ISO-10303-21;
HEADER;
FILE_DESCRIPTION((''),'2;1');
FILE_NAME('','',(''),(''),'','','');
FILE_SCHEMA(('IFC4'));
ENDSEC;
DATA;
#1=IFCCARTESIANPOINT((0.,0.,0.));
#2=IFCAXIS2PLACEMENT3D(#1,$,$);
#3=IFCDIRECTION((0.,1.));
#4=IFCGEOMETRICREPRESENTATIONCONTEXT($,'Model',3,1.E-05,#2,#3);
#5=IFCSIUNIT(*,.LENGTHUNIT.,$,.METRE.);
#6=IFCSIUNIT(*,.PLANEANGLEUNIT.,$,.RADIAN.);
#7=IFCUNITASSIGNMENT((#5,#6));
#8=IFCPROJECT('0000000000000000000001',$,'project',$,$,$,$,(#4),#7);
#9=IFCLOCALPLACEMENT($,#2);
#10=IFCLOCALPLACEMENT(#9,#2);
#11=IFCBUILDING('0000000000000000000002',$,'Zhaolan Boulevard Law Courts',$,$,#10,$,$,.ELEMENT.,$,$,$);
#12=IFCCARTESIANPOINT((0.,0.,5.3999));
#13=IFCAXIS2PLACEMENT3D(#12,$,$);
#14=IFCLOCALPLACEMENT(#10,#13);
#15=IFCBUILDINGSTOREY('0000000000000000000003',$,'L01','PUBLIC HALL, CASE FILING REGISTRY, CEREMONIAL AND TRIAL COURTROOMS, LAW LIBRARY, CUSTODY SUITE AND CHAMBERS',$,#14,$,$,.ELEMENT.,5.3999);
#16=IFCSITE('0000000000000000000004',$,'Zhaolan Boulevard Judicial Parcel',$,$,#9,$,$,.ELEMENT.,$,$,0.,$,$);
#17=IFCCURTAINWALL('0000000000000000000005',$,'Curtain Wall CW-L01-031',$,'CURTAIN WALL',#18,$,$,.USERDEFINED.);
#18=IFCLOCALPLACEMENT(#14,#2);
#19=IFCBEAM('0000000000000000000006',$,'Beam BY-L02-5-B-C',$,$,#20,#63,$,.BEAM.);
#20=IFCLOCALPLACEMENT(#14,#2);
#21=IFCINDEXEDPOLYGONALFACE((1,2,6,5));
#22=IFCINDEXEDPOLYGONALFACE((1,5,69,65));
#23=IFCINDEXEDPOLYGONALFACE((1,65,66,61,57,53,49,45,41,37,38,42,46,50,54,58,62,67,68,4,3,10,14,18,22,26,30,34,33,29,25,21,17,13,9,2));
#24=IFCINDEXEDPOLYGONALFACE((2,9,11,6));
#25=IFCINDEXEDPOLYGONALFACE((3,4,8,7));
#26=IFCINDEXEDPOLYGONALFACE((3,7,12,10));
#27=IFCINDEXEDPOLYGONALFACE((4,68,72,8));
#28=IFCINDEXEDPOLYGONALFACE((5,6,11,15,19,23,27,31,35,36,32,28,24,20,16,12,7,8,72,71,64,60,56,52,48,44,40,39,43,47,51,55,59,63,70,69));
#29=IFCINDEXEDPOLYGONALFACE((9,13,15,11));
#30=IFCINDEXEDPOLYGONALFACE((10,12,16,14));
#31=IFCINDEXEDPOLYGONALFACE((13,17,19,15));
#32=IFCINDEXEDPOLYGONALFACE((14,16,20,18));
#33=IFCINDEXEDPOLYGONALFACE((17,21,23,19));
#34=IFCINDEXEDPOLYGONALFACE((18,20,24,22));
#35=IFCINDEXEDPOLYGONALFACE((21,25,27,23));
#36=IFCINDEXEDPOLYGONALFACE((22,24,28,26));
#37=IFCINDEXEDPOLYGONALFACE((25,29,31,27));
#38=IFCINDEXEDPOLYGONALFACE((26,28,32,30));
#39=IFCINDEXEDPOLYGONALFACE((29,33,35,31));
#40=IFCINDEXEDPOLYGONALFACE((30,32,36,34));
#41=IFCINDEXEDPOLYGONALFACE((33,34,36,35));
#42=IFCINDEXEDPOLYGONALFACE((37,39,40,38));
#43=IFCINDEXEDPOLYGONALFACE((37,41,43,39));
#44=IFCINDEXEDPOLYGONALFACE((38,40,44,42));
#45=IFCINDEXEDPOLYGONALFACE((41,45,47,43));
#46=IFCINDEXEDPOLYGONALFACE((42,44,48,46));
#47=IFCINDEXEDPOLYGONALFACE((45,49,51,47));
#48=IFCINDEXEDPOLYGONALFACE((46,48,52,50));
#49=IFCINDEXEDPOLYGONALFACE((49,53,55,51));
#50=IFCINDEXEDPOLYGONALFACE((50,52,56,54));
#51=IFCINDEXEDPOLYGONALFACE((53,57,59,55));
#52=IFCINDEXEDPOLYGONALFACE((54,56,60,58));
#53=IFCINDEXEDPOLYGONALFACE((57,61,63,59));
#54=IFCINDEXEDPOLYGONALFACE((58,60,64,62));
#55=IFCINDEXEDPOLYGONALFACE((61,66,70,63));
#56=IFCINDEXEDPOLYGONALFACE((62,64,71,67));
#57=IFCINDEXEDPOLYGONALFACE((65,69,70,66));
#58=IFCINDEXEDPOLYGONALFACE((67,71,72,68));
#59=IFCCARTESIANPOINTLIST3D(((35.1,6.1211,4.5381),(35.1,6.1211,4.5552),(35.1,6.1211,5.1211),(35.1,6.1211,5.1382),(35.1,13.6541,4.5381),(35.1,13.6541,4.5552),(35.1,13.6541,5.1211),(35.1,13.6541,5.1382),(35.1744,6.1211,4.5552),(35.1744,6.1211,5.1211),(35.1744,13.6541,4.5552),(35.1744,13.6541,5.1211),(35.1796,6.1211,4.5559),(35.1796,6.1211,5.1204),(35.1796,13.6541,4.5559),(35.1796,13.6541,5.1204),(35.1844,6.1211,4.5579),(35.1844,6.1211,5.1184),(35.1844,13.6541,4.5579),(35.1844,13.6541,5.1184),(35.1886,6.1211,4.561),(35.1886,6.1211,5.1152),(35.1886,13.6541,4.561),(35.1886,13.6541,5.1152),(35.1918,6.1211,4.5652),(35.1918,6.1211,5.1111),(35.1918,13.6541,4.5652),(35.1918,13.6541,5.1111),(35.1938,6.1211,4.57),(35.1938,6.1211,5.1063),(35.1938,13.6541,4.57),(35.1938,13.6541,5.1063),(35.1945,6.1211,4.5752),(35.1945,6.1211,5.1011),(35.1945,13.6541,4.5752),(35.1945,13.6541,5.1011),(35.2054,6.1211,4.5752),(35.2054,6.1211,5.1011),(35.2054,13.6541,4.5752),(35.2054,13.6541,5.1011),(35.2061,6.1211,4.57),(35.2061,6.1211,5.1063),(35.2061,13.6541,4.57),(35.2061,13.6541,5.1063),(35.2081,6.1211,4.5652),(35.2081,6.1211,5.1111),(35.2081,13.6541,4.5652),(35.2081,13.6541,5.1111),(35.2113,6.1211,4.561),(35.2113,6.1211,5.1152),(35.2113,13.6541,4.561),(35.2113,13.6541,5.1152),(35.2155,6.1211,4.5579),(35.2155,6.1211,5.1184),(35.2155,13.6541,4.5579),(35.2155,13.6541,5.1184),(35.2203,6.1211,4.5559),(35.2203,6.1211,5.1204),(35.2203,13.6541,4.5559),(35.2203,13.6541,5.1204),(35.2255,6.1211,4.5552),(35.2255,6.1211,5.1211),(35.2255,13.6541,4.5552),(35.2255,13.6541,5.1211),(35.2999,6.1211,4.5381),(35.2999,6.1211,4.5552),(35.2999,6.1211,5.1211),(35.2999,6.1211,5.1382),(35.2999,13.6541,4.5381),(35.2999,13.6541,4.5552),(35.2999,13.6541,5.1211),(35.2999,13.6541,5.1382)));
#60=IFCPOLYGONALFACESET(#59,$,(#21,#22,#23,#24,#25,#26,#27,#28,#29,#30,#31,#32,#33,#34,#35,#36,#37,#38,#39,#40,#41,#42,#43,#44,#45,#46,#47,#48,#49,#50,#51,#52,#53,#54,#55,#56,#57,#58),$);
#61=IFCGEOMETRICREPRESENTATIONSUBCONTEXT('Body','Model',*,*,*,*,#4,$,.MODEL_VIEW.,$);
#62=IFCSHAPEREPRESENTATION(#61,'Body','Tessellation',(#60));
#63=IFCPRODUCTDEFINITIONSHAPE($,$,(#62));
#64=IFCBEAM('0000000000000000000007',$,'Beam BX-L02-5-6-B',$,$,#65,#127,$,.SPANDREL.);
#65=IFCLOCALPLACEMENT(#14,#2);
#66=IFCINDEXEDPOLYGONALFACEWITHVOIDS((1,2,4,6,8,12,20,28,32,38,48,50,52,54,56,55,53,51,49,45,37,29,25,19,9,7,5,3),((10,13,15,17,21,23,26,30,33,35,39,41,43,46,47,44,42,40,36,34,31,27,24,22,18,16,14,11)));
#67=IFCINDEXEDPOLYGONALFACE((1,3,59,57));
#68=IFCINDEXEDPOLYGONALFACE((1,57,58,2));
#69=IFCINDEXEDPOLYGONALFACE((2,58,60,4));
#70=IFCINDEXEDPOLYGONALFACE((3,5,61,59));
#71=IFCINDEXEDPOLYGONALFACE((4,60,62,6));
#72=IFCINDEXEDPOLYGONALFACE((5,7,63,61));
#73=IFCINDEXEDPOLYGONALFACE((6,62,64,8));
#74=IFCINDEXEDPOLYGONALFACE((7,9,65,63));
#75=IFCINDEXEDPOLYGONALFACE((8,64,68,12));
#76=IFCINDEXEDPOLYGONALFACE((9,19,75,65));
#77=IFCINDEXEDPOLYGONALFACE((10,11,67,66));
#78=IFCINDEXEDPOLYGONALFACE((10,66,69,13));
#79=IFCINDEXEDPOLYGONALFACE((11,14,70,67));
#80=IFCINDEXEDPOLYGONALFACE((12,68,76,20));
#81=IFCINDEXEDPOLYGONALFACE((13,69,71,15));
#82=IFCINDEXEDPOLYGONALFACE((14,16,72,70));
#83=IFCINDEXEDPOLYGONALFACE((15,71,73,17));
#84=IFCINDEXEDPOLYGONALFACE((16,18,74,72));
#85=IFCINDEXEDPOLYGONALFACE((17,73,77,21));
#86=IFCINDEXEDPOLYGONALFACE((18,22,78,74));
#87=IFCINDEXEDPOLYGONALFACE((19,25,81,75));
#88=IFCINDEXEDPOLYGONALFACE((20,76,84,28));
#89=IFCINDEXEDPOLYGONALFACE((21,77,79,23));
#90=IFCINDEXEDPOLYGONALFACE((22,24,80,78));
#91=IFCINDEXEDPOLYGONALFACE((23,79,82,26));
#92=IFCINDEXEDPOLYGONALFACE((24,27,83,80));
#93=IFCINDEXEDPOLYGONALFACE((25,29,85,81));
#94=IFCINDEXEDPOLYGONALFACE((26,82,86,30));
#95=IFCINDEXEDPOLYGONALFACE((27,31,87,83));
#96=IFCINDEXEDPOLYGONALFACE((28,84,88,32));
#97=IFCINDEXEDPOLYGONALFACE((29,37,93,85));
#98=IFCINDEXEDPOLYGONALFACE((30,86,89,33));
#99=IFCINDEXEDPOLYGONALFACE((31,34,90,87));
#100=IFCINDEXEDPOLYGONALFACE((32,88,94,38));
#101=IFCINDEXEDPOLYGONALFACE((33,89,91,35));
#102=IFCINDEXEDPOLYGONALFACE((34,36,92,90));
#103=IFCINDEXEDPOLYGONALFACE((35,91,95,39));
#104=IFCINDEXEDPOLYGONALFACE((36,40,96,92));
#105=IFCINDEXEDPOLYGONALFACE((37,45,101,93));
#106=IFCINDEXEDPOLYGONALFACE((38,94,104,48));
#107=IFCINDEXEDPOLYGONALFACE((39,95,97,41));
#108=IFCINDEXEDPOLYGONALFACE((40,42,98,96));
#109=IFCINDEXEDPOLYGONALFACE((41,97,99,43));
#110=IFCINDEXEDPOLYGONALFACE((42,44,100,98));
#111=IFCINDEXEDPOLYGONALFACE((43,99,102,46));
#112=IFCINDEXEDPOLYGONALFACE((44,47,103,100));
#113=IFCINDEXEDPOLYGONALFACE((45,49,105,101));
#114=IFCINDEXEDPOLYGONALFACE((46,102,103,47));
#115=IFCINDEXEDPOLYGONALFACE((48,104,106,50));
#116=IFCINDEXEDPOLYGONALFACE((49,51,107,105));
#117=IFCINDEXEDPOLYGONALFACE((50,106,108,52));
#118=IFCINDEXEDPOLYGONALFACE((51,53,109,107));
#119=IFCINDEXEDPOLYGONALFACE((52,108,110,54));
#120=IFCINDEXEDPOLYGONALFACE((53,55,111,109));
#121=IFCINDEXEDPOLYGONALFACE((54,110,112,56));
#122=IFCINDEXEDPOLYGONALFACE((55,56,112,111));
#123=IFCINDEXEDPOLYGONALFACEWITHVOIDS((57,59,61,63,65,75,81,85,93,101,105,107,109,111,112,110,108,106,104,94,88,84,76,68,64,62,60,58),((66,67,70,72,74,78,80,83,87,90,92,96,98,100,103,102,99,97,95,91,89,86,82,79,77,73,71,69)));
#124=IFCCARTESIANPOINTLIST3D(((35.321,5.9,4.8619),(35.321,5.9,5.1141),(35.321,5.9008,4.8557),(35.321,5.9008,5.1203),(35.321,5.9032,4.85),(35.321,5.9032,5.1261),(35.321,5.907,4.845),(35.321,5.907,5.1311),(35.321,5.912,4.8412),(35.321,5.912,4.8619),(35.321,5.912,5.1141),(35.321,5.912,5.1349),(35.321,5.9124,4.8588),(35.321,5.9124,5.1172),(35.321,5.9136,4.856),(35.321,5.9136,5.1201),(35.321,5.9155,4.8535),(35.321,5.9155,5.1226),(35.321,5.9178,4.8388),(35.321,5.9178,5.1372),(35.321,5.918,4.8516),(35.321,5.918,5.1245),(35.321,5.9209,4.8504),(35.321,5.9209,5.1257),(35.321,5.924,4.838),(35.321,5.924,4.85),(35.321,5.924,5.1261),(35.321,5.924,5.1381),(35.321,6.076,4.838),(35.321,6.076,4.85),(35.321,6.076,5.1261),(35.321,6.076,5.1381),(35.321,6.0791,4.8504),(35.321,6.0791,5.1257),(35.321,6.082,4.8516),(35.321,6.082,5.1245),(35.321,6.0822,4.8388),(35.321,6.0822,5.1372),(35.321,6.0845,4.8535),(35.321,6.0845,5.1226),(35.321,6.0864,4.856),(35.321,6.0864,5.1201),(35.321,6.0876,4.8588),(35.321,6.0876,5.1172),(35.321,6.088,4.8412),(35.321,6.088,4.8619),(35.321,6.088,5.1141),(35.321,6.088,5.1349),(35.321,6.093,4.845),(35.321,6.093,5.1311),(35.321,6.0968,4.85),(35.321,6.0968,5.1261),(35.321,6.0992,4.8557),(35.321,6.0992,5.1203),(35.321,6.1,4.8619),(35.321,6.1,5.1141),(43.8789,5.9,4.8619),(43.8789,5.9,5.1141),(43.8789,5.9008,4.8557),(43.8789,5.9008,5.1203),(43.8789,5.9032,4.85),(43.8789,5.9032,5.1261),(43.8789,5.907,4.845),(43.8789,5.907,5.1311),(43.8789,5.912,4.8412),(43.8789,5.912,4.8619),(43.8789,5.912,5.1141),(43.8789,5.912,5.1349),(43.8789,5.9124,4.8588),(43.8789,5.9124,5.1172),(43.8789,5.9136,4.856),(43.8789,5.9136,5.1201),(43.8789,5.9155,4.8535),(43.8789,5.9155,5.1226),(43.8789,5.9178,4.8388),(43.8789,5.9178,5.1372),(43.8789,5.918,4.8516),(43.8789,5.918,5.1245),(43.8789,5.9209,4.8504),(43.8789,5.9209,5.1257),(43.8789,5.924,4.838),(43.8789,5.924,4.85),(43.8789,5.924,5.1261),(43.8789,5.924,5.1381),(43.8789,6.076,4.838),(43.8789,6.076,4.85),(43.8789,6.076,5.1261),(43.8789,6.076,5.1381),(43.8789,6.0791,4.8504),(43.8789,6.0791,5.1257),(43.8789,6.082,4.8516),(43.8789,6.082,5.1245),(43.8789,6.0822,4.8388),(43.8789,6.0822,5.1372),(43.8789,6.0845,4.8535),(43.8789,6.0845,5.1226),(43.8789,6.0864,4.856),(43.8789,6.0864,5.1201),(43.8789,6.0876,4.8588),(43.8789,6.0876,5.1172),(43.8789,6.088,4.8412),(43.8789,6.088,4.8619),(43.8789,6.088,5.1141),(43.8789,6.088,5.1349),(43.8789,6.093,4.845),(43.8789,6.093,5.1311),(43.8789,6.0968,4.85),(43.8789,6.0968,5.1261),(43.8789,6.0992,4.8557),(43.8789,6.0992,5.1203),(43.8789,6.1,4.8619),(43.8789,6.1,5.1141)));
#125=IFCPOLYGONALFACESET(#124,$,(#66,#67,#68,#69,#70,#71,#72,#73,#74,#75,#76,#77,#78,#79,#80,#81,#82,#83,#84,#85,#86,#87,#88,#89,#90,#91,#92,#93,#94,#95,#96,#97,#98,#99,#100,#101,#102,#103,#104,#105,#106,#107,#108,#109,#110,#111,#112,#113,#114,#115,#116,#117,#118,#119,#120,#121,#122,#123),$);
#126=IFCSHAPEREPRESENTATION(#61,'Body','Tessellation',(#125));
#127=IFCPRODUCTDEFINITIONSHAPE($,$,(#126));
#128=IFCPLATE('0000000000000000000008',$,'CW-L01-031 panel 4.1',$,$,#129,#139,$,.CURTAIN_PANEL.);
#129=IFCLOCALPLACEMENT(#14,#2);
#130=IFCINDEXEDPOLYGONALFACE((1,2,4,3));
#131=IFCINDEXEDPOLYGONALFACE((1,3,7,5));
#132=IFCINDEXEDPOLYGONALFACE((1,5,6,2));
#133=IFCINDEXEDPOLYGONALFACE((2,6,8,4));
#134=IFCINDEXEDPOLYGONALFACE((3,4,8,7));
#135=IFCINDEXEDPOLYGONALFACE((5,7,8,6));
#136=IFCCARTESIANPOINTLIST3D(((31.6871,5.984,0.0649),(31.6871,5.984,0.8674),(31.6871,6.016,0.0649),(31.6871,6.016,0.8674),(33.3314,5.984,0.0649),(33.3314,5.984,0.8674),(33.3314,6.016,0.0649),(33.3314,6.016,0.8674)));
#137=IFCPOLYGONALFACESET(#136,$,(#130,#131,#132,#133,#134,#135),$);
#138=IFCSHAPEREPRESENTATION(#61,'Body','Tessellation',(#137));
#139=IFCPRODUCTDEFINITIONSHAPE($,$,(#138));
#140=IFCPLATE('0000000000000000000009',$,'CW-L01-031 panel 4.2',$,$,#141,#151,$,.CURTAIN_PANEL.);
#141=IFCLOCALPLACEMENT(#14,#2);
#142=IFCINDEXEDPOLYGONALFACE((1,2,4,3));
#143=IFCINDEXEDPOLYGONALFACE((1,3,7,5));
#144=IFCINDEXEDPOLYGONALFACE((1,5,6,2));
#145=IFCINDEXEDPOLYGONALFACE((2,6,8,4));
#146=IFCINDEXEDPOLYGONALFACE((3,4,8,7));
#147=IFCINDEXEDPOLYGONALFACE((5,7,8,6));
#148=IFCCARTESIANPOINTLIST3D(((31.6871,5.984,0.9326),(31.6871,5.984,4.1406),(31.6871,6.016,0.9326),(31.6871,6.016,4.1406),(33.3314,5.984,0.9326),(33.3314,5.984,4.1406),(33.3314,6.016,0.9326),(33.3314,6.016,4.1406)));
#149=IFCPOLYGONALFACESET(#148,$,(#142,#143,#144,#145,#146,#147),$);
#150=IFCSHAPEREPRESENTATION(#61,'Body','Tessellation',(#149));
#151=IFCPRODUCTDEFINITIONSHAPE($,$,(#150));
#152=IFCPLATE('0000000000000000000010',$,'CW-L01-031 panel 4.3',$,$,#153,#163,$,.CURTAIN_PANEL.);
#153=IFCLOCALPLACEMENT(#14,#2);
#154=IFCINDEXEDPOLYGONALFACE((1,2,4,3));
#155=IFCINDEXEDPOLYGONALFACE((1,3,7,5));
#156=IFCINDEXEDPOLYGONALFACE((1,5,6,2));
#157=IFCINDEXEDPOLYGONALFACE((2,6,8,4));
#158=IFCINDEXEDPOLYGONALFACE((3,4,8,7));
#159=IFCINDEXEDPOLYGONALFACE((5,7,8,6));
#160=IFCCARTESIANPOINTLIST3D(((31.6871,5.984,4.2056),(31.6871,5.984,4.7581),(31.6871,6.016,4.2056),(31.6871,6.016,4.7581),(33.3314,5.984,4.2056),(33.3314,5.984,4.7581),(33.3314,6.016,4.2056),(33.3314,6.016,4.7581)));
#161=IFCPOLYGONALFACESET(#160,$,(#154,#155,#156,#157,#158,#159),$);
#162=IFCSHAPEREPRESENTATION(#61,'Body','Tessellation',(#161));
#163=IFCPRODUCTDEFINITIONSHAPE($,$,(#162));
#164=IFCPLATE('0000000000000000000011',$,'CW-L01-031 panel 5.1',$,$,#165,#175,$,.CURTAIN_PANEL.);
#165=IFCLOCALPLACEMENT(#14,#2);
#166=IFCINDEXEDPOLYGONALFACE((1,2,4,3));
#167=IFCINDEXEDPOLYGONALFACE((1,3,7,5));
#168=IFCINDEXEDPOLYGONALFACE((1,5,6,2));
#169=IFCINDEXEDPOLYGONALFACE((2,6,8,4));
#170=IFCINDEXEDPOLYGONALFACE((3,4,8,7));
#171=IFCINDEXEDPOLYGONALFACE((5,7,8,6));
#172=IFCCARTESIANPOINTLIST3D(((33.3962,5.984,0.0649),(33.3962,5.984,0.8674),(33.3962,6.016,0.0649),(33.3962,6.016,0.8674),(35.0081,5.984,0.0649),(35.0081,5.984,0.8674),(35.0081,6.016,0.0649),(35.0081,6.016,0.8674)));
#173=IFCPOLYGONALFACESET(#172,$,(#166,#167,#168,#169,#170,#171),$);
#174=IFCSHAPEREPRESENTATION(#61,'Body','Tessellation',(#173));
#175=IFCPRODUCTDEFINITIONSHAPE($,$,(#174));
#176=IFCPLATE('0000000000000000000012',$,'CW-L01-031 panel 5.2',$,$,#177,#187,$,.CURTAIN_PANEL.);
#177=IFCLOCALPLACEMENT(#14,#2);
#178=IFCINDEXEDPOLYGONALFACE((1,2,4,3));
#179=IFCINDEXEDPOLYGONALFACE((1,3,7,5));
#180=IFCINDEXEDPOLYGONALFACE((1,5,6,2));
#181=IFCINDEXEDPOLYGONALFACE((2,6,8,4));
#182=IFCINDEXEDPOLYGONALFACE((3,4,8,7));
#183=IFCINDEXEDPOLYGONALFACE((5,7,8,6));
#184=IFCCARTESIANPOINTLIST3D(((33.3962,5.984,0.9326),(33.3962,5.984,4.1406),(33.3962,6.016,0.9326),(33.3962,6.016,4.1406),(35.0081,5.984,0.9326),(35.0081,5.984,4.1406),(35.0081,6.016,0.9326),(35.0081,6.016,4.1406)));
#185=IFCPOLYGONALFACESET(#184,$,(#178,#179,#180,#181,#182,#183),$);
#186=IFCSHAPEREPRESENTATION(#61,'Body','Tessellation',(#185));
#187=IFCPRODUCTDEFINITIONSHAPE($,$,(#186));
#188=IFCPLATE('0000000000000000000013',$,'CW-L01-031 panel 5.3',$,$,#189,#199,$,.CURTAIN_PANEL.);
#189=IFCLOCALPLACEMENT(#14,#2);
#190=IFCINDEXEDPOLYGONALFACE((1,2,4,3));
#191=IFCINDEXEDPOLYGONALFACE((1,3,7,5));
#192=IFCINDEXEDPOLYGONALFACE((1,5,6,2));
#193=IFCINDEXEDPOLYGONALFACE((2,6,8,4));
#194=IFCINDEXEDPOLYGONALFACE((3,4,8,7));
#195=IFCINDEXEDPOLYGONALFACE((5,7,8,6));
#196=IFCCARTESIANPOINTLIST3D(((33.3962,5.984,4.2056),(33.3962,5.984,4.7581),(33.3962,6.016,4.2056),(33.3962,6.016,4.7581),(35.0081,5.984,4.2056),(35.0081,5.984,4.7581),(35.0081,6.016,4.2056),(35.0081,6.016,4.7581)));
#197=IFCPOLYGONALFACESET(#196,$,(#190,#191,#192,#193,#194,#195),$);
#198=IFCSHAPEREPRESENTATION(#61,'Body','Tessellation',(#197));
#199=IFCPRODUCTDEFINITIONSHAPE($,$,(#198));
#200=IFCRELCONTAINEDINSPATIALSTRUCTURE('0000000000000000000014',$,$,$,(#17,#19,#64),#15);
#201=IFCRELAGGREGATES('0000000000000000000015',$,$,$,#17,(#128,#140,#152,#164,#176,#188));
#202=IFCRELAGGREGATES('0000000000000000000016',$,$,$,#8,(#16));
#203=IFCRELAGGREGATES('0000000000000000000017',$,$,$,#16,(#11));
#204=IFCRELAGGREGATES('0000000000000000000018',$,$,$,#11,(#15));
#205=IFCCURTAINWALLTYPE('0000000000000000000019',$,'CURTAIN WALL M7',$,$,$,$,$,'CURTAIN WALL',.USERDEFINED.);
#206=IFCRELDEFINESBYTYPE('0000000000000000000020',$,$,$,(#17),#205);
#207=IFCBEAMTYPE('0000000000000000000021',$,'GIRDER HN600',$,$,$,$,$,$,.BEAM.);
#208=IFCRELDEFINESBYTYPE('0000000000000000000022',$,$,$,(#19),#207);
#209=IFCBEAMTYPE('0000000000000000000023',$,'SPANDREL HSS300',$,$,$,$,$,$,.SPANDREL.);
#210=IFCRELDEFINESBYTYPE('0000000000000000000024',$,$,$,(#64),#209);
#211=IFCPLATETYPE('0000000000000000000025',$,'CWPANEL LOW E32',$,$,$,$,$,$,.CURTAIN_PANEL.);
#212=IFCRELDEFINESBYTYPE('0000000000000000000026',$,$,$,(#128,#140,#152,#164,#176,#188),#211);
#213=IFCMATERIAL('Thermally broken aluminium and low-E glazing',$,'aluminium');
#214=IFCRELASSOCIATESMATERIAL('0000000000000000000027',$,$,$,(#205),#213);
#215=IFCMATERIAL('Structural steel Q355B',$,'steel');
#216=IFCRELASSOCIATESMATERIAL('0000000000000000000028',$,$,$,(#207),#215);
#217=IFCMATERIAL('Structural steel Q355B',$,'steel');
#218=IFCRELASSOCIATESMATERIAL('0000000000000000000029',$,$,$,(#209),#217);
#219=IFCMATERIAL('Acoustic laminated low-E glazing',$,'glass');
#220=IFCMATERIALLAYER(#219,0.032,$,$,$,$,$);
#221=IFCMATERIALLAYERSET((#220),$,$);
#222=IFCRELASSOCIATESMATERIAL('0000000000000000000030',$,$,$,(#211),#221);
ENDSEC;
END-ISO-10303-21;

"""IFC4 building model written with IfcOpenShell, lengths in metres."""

from ifc_helpers import new_model, si_unit, direction, frame, origin, origin_2d, place, context, subcontext, project, spatial, rectangle, hollow_rectangle, i_section, extrude, material, layer, layer_set, material_profile, profile_set, type_object, element, aggregate, save


model = new_model("IFC4")

# Units and contexts
model_context = context("Model", 3, precision=1e-05, world=origin(), true_north=direction((0.0, 1.0)))
body_context = subcontext(model_context, "Body", "Model", "MODEL_VIEW")
ifc_project = project(units=[si_unit("LENGTHUNIT", "METRE"), si_unit("PLANEANGLEUNIT", "RADIAN")], contexts=[model_context])

# Site, building, storey
site_placement = place(None, origin())
site = spatial("IfcSite", under=ifc_project, at=site_placement, Name="Zhaolan Boulevard Judicial Parcel", CompositionType="ELEMENT", RefElevation=0.0)
building_placement = place(site_placement, origin())
building = spatial("IfcBuilding", under=site, at=building_placement, Name="Zhaolan Boulevard Law Courts", CompositionType="ELEMENT")
storey_placement = place(building_placement, frame((0.0, 0.0, 5.3999)))
storey = spatial("IfcBuildingStorey", under=building, at=storey_placement, Name="L01", Description="PUBLIC HALL, CASE FILING REGISTRY, CEREMONIAL AND TRIAL COURTROOMS, LAW LIBRARY, CUSTODY SUITE AND CHAMBERS", CompositionType="ELEMENT", Elevation=5.3999)

# Curtain wall
ifc_material_1 = material(Name="Thermally broken aluminium and low-E glazing", Category="aluminium")
curtain_wall_type_1 = type_object("IfcCurtainWallType", Name="CURTAIN WALL M7", ElementType="CURTAIN WALL", PredefinedType="USERDEFINED", material=ifc_material_1)
curtain_wall_1_placement = place(storey_placement, origin())
curtain_wall_1 = element("IfcCurtainWall", 1, at=curtain_wall_1_placement, inside=storey, type_object=curtain_wall_type_1, Name="Curtain Wall CW-L01-031", ObjectType="CURTAIN WALL", PredefinedType="USERDEFINED")

# Beams
ifc_material_2 = material(Name="Structural steel Q355B", Category="steel")
ifc_material_profile_1 = material_profile(ifc_material_2, i_section(OverallWidth=0.2, OverallDepth=0.6001, WebThickness=0.011, FlangeThickness=0.0171, FilletRadius=0.02, at=origin_2d()), Name="HN600x200")
ifc_profile_set_1 = profile_set([ifc_material_profile_1], Name="Structural steel Q355B")
beam_type_1 = type_object("IfcBeamType", Name="GIRDER HN600", PredefinedType="BEAM", material=ifc_profile_set_1)
beam_1_placement = place(storey_placement, frame((35.2, 6.1211, 4.8381), z_axis=(0.0, 1.0, 0.0), x_axis=(-1.0, 0.0, 0.0)))
element("IfcBeam", 2, at=beam_1_placement, inside=storey, type_object=beam_type_1, Name="Beam BY-L02-5-B-C", PredefinedType="BEAM", context=body_context, shape_type="SweptSolid", body=[
    extrude(i_section(OverallWidth=0.2, OverallDepth=0.6001, WebThickness=0.011, FlangeThickness=0.0171, FilletRadius=0.02, at=origin_2d()), origin(), (0.0, 0.0, 1.0), 7.533),
])
ifc_material_3 = material(Name="Structural steel Q355B", Category="steel")
ifc_material_profile_2 = material_profile(ifc_material_3, hollow_rectangle(XDim=0.2, YDim=0.3, WallThickness=0.012, InnerFilletRadius=0.012, OuterFilletRadius=0.0239, at=origin_2d()), Name="HSS300x200x12")
ifc_profile_set_2 = profile_set([ifc_material_profile_2], Name="Structural steel Q355B")
beam_type_2 = type_object("IfcBeamType", Name="SPANDREL HSS300", PredefinedType="SPANDREL", material=ifc_profile_set_2)
beam_2_placement = place(storey_placement, frame((35.321, 6.0, 4.988), z_axis=(1.0, 0.0, 0.0), x_axis=(0.0, 1.0, 0.0)))
element("IfcBeam", 3, at=beam_2_placement, inside=storey, type_object=beam_type_2, Name="Beam BX-L02-5-6-B", PredefinedType="SPANDREL", context=body_context, shape_type="SweptSolid", body=[
    extrude(hollow_rectangle(XDim=0.2, YDim=0.3, WallThickness=0.012, InnerFilletRadius=0.012, OuterFilletRadius=0.0239, at=origin_2d()), origin(), (0.0, 0.0, 1.0), 8.5579),
])

# Plates
ifc_material_4 = material(Name="Acoustic laminated low-E glazing", Category="glass")
ifc_layer_1 = layer(ifc_material_4, 0.032)
ifc_layer_set_1 = layer_set([ifc_layer_1])
plate_type_1 = type_object("IfcPlateType", Name="CWPANEL LOW E32", PredefinedType="CURTAIN_PANEL", material=ifc_layer_set_1)
plate_1_placement = place(storey_placement, frame((32.5093, 6.0, 0.0649), z_axis=(0.0, 0.0, 1.0), x_axis=(1.0, 0.0, 0.0)))
plate_1 = element("IfcPlate", 4, at=plate_1_placement, type_object=plate_type_1, Name="CW-L01-031 panel 4.1", PredefinedType="CURTAIN_PANEL", context=body_context, shape_type="SweptSolid", body=[
    extrude(rectangle(XDim=1.6443, YDim=0.032, at=origin_2d()), origin(), (0.0, 0.0, 1.0), 0.8025),
])
plate_2_placement = place(storey_placement, frame((32.5093, 6.0, 0.9326), z_axis=(0.0, 0.0, 1.0), x_axis=(1.0, 0.0, 0.0)))
plate_2 = element("IfcPlate", 5, at=plate_2_placement, type_object=plate_type_1, Name="CW-L01-031 panel 4.2", PredefinedType="CURTAIN_PANEL", context=body_context, shape_type="SweptSolid", body=[
    extrude(rectangle(XDim=1.6443, YDim=0.032, at=origin_2d()), origin(), (0.0, 0.0, 1.0), 3.208),
])
plate_3_placement = place(storey_placement, frame((32.5093, 6.0, 4.2056), z_axis=(0.0, 0.0, 1.0), x_axis=(1.0, 0.0, 0.0)))
plate_3 = element("IfcPlate", 6, at=plate_3_placement, type_object=plate_type_1, Name="CW-L01-031 panel 4.3", PredefinedType="CURTAIN_PANEL", context=body_context, shape_type="SweptSolid", body=[
    extrude(rectangle(XDim=1.6443, YDim=0.032, at=origin_2d()), origin(), (0.0, 0.0, 1.0), 0.5525),
])
plate_4_placement = place(storey_placement, frame((34.2021, 6.0, 0.0649), z_axis=(0.0, 0.0, 1.0), x_axis=(1.0, 0.0, 0.0)))
plate_4 = element("IfcPlate", 7, at=plate_4_placement, type_object=plate_type_1, Name="CW-L01-031 panel 5.1", PredefinedType="CURTAIN_PANEL", context=body_context, shape_type="SweptSolid", body=[
    extrude(rectangle(XDim=1.6118, YDim=0.032, at=origin_2d()), origin(), (0.0, 0.0, 1.0), 0.8025),
])
plate_5_placement = place(storey_placement, frame((34.2021, 6.0, 0.9326), z_axis=(0.0, 0.0, 1.0), x_axis=(1.0, 0.0, 0.0)))
plate_5 = element("IfcPlate", 8, at=plate_5_placement, type_object=plate_type_1, Name="CW-L01-031 panel 5.2", PredefinedType="CURTAIN_PANEL", context=body_context, shape_type="SweptSolid", body=[
    extrude(rectangle(XDim=1.6118, YDim=0.032, at=origin_2d()), origin(), (0.0, 0.0, 1.0), 3.208),
])
plate_6_placement = place(storey_placement, frame((34.2021, 6.0, 4.2056), z_axis=(0.0, 0.0, 1.0), x_axis=(1.0, 0.0, 0.0)))
plate_6 = element("IfcPlate", 9, at=plate_6_placement, type_object=plate_type_1, Name="CW-L01-031 panel 5.3", PredefinedType="CURTAIN_PANEL", context=body_context, shape_type="SweptSolid", body=[
    extrude(rectangle(XDim=1.6118, YDim=0.032, at=origin_2d()), origin(), (0.0, 0.0, 1.0), 0.5525),
])
aggregate(curtain_wall_1, [plate_1, plate_2, plate_3, plate_4, plate_5, plate_6])

save(model, "model.ifc")
